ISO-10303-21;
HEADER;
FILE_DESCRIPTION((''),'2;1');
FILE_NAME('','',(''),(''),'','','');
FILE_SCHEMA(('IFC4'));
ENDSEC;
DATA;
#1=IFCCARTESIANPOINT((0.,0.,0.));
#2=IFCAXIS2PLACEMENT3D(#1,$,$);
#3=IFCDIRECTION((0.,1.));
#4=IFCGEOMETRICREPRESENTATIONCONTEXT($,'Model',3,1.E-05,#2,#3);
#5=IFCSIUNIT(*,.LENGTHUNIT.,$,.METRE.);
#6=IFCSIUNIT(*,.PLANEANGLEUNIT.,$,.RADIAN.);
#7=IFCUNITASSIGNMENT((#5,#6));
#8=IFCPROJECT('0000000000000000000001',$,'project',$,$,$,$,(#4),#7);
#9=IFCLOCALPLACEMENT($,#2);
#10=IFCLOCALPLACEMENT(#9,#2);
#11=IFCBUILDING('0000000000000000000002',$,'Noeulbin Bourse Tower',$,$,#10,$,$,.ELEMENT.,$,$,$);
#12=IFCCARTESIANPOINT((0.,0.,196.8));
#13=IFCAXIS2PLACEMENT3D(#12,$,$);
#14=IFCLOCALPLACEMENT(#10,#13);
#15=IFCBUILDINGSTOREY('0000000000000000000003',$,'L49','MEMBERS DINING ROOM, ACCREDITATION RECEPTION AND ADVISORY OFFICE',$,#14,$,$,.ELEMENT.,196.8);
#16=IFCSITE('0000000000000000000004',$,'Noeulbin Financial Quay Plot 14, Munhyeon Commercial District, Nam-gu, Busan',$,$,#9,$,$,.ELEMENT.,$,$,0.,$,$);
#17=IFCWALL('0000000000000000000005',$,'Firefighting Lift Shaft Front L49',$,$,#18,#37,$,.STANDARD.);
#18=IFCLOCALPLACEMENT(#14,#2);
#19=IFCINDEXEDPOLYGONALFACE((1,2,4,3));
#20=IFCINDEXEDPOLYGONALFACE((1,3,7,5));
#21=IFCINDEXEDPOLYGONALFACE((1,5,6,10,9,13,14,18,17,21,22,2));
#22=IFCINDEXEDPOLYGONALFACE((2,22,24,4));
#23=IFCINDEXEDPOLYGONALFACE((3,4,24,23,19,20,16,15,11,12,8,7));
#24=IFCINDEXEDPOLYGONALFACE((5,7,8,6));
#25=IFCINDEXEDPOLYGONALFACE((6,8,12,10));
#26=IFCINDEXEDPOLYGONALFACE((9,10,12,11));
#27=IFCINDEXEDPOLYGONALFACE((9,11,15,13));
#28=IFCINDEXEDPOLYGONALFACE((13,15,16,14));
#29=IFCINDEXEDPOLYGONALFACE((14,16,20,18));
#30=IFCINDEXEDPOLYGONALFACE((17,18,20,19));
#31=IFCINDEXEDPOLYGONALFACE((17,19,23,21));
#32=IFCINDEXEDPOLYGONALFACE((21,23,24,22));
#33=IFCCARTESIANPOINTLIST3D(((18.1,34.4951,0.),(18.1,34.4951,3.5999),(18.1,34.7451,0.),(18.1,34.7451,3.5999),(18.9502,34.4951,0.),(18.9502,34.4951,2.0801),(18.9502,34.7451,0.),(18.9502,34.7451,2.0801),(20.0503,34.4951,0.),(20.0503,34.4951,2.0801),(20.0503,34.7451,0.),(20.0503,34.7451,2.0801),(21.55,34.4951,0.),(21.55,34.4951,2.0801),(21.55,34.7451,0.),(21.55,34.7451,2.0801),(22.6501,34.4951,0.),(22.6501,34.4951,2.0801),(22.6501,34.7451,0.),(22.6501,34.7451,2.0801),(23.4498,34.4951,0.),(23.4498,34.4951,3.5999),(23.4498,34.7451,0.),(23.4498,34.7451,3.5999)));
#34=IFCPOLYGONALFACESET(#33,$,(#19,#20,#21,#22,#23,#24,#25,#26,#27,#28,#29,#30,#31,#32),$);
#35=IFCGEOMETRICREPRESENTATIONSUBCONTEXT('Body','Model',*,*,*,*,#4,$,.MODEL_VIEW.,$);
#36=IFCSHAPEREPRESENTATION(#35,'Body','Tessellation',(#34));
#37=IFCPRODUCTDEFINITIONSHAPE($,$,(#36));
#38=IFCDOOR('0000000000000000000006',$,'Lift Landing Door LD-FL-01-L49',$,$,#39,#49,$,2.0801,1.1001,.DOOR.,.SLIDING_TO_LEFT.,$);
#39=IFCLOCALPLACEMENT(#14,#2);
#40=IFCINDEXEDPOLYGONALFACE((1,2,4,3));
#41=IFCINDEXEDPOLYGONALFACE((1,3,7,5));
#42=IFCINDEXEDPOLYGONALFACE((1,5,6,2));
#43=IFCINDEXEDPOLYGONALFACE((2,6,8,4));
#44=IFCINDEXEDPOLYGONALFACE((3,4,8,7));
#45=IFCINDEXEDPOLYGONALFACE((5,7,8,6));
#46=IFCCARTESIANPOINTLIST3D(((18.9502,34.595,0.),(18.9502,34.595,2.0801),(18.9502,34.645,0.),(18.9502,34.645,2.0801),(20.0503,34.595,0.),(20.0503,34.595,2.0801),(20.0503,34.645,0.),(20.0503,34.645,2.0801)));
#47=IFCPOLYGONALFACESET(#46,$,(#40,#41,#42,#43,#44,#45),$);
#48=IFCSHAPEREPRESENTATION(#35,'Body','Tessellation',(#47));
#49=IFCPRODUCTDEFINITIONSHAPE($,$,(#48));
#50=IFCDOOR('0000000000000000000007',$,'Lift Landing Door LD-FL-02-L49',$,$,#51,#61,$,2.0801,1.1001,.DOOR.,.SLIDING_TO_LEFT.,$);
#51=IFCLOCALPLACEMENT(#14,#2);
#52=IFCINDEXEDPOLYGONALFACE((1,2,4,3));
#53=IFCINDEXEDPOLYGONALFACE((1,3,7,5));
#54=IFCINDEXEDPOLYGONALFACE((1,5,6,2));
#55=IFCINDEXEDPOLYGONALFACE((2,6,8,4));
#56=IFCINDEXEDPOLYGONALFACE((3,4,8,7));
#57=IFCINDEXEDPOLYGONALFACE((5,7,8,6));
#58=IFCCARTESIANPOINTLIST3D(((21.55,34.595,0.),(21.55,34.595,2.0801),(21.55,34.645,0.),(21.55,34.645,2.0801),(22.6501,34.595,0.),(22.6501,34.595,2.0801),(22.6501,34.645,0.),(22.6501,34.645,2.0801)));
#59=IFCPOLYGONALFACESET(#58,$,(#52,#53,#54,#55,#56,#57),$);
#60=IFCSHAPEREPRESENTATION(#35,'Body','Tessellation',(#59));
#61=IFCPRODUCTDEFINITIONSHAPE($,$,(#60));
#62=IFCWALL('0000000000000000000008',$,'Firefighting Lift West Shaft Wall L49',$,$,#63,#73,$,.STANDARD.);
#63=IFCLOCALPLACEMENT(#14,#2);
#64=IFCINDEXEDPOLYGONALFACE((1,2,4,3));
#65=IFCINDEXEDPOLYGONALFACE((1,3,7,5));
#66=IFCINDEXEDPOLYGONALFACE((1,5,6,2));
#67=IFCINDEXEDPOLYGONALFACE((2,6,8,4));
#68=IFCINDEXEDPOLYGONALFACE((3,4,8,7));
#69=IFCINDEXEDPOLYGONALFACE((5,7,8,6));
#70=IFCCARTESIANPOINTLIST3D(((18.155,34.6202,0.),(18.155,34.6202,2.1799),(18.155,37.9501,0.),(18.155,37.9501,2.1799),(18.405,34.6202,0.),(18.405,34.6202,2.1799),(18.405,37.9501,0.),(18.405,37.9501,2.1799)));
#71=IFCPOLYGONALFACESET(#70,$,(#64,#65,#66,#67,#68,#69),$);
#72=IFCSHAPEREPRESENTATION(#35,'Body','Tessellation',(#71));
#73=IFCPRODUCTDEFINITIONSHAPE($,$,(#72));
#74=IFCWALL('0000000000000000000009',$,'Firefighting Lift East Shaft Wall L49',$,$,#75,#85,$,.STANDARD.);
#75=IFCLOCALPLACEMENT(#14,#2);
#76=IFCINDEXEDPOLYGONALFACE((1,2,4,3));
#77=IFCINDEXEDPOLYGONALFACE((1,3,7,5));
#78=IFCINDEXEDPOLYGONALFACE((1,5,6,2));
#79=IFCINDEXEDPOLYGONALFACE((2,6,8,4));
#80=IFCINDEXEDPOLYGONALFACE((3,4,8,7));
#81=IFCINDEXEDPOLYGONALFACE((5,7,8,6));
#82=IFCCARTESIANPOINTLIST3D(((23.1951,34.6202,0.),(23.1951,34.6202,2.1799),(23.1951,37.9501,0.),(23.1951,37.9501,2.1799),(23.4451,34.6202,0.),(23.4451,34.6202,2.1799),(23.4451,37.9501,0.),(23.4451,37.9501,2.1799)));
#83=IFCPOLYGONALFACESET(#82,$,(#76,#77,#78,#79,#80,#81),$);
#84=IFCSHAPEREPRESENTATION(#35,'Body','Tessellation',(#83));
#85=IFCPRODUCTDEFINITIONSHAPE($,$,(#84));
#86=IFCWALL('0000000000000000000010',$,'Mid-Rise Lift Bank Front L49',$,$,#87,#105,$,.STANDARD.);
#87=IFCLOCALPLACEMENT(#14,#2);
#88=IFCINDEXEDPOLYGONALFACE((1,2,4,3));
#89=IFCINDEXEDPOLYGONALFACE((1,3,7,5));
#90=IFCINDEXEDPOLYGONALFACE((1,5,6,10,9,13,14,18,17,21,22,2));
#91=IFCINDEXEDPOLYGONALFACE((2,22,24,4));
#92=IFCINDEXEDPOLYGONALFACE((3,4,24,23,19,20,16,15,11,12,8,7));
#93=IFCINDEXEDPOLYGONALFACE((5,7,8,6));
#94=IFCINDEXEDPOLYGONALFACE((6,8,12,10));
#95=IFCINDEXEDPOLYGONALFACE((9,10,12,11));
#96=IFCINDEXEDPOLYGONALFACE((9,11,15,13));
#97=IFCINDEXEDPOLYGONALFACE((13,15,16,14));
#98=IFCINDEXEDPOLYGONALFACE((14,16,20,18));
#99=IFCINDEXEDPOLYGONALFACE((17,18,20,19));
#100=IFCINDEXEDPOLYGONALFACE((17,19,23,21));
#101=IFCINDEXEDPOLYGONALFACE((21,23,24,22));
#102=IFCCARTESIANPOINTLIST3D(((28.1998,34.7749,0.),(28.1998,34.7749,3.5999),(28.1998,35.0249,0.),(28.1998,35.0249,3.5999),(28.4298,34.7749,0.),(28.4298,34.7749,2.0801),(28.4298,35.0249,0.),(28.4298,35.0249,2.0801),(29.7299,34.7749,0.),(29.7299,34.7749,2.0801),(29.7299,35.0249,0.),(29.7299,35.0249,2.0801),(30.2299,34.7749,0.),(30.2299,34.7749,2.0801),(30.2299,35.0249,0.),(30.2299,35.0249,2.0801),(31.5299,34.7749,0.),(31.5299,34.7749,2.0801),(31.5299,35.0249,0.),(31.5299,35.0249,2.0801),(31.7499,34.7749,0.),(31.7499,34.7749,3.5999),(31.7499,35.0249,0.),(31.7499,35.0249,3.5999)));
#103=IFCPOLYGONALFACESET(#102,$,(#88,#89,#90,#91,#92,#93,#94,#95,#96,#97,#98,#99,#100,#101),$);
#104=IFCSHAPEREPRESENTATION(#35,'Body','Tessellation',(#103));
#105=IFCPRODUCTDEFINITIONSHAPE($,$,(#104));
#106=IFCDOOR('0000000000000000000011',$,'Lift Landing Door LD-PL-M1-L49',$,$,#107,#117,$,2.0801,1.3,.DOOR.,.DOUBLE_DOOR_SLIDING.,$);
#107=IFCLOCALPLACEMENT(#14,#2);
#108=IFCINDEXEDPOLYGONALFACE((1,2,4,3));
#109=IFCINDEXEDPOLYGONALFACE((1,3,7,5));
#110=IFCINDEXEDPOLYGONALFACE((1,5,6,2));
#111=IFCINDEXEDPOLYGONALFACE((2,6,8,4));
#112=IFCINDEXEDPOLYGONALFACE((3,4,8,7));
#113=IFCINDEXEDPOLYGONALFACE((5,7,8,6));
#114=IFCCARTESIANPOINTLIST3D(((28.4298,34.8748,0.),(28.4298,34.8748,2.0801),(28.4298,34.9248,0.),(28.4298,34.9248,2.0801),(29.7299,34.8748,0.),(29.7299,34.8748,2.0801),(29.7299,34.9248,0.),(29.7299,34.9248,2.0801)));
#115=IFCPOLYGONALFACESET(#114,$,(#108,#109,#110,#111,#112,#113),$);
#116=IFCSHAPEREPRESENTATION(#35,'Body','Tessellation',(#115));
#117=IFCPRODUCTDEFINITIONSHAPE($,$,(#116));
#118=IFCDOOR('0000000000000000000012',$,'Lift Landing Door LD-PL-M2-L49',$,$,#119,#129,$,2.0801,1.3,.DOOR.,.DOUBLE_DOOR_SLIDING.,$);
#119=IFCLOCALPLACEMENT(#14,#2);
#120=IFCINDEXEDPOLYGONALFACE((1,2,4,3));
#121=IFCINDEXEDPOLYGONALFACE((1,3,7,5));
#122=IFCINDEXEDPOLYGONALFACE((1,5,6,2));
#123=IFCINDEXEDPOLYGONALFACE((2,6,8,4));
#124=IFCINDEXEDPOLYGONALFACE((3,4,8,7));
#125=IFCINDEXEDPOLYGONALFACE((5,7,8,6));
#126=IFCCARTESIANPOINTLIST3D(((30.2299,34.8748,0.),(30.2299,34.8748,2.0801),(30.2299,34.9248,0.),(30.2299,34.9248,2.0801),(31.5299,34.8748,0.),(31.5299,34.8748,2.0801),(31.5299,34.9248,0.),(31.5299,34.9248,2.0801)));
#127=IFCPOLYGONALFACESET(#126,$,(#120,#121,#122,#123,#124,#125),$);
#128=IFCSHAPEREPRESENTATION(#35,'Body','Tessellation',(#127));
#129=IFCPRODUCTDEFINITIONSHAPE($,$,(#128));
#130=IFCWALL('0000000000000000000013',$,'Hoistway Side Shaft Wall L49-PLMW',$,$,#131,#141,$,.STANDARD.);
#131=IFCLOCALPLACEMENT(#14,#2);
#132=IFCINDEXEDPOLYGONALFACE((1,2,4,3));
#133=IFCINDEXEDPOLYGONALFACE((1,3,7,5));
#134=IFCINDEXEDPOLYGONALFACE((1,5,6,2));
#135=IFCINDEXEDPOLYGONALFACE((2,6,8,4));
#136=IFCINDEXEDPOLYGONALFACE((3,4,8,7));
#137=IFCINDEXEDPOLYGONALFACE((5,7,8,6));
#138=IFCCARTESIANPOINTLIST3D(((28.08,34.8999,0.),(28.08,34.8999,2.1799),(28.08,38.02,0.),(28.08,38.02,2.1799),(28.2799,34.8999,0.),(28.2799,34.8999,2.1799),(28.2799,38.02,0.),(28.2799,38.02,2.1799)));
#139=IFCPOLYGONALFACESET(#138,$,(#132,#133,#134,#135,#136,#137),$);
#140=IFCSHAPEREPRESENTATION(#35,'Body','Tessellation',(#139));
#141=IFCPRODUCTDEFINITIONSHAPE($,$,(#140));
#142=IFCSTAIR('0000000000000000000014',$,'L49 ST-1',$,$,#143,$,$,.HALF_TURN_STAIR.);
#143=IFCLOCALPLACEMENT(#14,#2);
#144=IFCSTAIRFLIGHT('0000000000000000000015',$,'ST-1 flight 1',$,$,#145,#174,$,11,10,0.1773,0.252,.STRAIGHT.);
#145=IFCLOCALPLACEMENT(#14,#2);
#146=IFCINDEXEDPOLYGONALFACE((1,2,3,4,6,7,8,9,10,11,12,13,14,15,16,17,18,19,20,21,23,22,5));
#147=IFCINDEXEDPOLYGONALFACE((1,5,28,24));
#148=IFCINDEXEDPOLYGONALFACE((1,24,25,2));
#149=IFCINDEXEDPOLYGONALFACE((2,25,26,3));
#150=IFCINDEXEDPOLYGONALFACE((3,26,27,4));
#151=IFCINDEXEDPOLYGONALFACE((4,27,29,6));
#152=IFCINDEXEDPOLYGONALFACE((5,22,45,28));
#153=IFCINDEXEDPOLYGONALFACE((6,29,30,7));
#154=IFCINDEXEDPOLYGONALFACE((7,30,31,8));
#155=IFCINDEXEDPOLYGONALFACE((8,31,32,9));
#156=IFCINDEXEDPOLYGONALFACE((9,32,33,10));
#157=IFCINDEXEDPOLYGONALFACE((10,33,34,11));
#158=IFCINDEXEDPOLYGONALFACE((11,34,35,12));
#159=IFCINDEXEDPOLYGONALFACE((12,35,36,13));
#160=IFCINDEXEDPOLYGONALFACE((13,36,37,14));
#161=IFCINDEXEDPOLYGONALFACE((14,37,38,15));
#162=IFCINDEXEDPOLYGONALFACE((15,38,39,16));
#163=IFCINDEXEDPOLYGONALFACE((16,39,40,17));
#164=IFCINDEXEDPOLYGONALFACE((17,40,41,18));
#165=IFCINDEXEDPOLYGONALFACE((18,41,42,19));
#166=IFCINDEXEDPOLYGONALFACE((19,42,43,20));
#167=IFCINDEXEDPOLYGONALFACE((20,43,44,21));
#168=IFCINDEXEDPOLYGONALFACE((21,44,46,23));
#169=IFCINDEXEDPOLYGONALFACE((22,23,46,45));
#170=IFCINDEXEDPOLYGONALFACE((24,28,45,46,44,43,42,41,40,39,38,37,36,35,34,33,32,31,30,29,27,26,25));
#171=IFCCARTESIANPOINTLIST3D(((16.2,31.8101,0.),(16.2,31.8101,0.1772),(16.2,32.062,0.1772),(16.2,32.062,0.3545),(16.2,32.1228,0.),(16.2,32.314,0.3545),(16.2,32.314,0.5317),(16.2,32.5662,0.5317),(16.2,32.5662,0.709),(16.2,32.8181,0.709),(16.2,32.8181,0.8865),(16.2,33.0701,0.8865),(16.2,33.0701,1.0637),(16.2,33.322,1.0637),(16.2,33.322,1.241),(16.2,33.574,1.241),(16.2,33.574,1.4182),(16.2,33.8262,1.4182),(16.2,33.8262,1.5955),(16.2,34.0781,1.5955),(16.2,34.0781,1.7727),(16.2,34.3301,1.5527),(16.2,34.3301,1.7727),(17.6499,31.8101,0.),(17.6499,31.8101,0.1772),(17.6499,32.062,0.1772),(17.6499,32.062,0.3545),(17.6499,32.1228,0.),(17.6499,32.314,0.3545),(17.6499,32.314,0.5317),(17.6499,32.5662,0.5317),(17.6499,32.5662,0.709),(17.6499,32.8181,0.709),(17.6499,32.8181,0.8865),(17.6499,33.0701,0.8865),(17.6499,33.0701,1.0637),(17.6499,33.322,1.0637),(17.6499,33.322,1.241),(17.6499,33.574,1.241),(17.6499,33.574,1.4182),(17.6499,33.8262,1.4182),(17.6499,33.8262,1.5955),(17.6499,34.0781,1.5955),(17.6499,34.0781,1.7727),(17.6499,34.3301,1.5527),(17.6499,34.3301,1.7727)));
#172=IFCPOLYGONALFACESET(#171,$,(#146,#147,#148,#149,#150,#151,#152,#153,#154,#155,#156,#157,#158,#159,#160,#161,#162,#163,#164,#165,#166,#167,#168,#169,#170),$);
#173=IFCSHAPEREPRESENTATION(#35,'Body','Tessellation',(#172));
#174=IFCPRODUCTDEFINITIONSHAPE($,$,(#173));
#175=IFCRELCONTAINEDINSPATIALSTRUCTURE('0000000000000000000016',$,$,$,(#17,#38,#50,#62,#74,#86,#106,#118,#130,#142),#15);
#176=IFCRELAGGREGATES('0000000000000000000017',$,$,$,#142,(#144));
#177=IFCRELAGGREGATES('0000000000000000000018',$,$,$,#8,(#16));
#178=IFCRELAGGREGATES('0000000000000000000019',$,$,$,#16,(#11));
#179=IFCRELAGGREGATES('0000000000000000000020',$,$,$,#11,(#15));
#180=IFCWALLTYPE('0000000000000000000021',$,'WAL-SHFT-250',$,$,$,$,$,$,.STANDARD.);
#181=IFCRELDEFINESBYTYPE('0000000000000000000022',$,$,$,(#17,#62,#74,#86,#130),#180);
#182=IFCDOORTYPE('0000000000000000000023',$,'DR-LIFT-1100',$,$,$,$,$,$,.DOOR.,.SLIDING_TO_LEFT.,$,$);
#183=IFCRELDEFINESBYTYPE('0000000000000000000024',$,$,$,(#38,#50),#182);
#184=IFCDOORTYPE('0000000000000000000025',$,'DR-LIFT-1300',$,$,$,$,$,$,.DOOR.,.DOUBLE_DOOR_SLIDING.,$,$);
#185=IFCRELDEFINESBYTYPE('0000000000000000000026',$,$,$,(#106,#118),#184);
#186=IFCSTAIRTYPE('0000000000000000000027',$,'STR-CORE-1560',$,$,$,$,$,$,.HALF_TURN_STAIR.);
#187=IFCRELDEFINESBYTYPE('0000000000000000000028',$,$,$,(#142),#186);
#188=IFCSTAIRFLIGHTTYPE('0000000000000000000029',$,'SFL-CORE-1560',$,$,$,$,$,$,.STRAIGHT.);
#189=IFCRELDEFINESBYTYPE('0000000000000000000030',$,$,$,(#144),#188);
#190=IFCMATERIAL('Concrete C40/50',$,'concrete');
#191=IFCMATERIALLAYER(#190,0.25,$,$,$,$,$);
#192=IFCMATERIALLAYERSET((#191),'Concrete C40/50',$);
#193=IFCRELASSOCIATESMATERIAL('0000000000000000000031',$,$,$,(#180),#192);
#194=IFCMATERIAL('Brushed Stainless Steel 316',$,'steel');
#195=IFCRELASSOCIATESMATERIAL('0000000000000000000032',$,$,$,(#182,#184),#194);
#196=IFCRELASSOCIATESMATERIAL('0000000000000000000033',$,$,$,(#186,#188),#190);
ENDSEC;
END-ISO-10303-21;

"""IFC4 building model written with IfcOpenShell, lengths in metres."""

from ifc_helpers import new_model, si_unit, direction, frame, frame_2d, origin, place, context, subcontext, project, spatial, polyline, rectangle, outline, extrude, material, layer, layer_set, type_object, element, fill, aggregate, save


model = new_model("IFC4")

# Units and contexts
model_context = context("Model", 3, precision=1e-05, world=origin(), true_north=direction((0.0, 1.0)))
body_context = subcontext(model_context, "Body", "Model", "MODEL_VIEW")
ifc_project = project(units=[si_unit("LENGTHUNIT", "METRE"), si_unit("PLANEANGLEUNIT", "RADIAN")], contexts=[model_context])

# Site, building, storey
site_placement = place(None, origin())
site = spatial("IfcSite", under=ifc_project, at=site_placement, Name="Noeulbin Financial Quay Plot 14, Munhyeon Commercial District, Nam-gu, Busan", CompositionType="ELEMENT", RefElevation=0.0)
building_placement = place(site_placement, origin())
building = spatial("IfcBuilding", under=site, at=building_placement, Name="Noeulbin Bourse Tower", CompositionType="ELEMENT")
storey_placement = place(building_placement, frame((0.0, 0.0, 196.8)))
storey = spatial("IfcBuildingStorey", under=building, at=storey_placement, Name="L49", Description="MEMBERS DINING ROOM, ACCREDITATION RECEPTION AND ADVISORY OFFICE", CompositionType="ELEMENT", Elevation=196.8)

# Wall, openings, doors
ifc_material_1 = material(Name="Concrete C40/50", Category="concrete")
ifc_layer_1 = layer(ifc_material_1, 0.25)
ifc_layer_set_1 = layer_set([ifc_layer_1], Name="Concrete C40/50")
wall_type_1 = type_object("IfcWallType", Name="WAL-SHFT-250", PredefinedType="STANDARD", material=ifc_layer_set_1)
wall_1_placement = place(storey_placement, frame((18.1001, 34.6201, 0.0), z_axis=(0.0, 0.0, 1.0), x_axis=(1.0, 0.0, 0.0)))
wall_1 = element("IfcWall", 1, at=wall_1_placement, inside=storey, type_object=wall_type_1, Name="Firefighting Lift Shaft Front L49", PredefinedType="STANDARD", context=body_context, shape_type="SweptSolid", body=[
    extrude(rectangle(XDim=5.3499, YDim=0.25, at=frame_2d((2.6748, 0.0))), origin(), (0.0, 0.0, 1.0), 3.5999),
])
opening_1_placement = place(wall_1_placement, frame((0.8501, 0.0, 0.0)))
opening_1 = element("IfcOpeningElement", 2, at=opening_1_placement, cuts=wall_1, PredefinedType="OPENING", context=body_context, shape_type="SweptSolid", body=[
    extrude(rectangle(XDim=1.1001, YDim=2.0801, at=frame_2d((0.55, 1.04))), frame((0.0, 0.135, 0.0), z_axis=(0.0, -1.0, 0.0), x_axis=(1.0, 0.0, 0.0)), (0.0, 0.0, 1.0), 0.27),
])
opening_2_placement = place(wall_1_placement, frame((3.45, 0.0, 0.0)))
opening_2 = element("IfcOpeningElement", 3, at=opening_2_placement, cuts=wall_1, PredefinedType="OPENING", context=body_context, shape_type="SweptSolid", body=[
    extrude(rectangle(XDim=1.1001, YDim=2.0801, at=frame_2d((0.55, 1.04))), frame((0.0, 0.135, 0.0), z_axis=(0.0, -1.0, 0.0), x_axis=(1.0, 0.0, 0.0)), (0.0, 0.0, 1.0), 0.27),
])
ifc_material_2 = material(Name="Brushed Stainless Steel 316", Category="steel")
door_type_1 = type_object("IfcDoorType", Name="DR-LIFT-1100", OperationType="SLIDING_TO_LEFT", PredefinedType="DOOR", material=ifc_material_2)
door_1_placement = place(opening_1_placement, origin())
door_1 = element("IfcDoor", 4, at=door_1_placement, inside=storey, type_object=door_type_1, Name="Lift Landing Door LD-FL-01-L49", OperationType="SLIDING_TO_LEFT", OverallHeight=2.0801, OverallWidth=1.1001, PredefinedType="DOOR", context=body_context, shape_type="SweptSolid", body=[
    extrude(rectangle(XDim=1.1001, YDim=2.0801, at=frame_2d((0.55, 1.04))), frame((0.0, 0.0249, 0.0), z_axis=(0.0, -1.0, 0.0), x_axis=(1.0, 0.0, 0.0)), (0.0, 0.0, 1.0), 0.05),
])
fill(opening_1, door_1)
door_2_placement = place(opening_2_placement, origin())
door_2 = element("IfcDoor", 5, at=door_2_placement, inside=storey, type_object=door_type_1, Name="Lift Landing Door LD-FL-02-L49", OperationType="SLIDING_TO_LEFT", OverallHeight=2.0801, OverallWidth=1.1001, PredefinedType="DOOR", context=body_context, shape_type="SweptSolid", body=[
    extrude(rectangle(XDim=1.1001, YDim=2.0801, at=frame_2d((0.55, 1.04))), frame((0.0, 0.0249, 0.0), z_axis=(0.0, -1.0, 0.0), x_axis=(1.0, 0.0, 0.0)), (0.0, 0.0, 1.0), 0.05),
])
fill(opening_2, door_2)

# Walls
for number, where, z_axis, x_axis, name in (
    (6, (18.28, 34.6201, 0.0), (0.0, 0.0, 1.0), (0.0, 1.0, 0.0), "Firefighting Lift West Shaft Wall L49"),
    (7, (23.3201, 34.6201, 0.0), (0.0, 0.0, 1.0), (0.0, 1.0, 0.0), "Firefighting Lift East Shaft Wall L49"),
):
    element("IfcWall", number, at=place(storey_placement, frame(where, z_axis=z_axis, x_axis=x_axis)), inside=storey, type_object=wall_type_1, Name=name, PredefinedType="STANDARD", context=body_context, shape_type="SweptSolid", body=[
        extrude(rectangle(XDim=3.3298, YDim=0.25, at=frame_2d((1.665, 0.0))), origin(), (0.0, 0.0, 1.0), 2.1799),
    ])

# Wall, openings, doors
wall_2_placement = place(storey_placement, frame((28.2, 34.8999, 0.0), z_axis=(0.0, 0.0, 1.0), x_axis=(1.0, 0.0, 0.0)))
wall_2 = element("IfcWall", 8, at=wall_2_placement, inside=storey, type_object=wall_type_1, Name="Mid-Rise Lift Bank Front L49", PredefinedType="STANDARD", context=body_context, shape_type="SweptSolid", body=[
    extrude(rectangle(XDim=3.55, YDim=0.25, at=frame_2d((1.7749, 0.0))), origin(), (0.0, 0.0, 1.0), 3.5999),
])
opening_3_placement = place(wall_2_placement, frame((0.23, 0.0, 0.0)))
opening_3 = element("IfcOpeningElement", 9, at=opening_3_placement, cuts=wall_2, PredefinedType="OPENING", context=body_context, shape_type="SweptSolid", body=[
    extrude(rectangle(XDim=1.3, YDim=2.0801, at=frame_2d((0.6499, 1.04))), frame((0.0, 0.135, 0.0), z_axis=(0.0, -1.0, 0.0), x_axis=(1.0, 0.0, 0.0)), (0.0, 0.0, 1.0), 0.27),
])
opening_4_placement = place(wall_2_placement, frame((2.03, 0.0, 0.0)))
opening_4 = element("IfcOpeningElement", 10, at=opening_4_placement, cuts=wall_2, PredefinedType="OPENING", context=body_context, shape_type="SweptSolid", body=[
    extrude(rectangle(XDim=1.3, YDim=2.0801, at=frame_2d((0.6499, 1.04))), frame((0.0, 0.135, 0.0), z_axis=(0.0, -1.0, 0.0), x_axis=(1.0, 0.0, 0.0)), (0.0, 0.0, 1.0), 0.27),
])
door_type_2 = type_object("IfcDoorType", Name="DR-LIFT-1300", OperationType="DOUBLE_DOOR_SLIDING", PredefinedType="DOOR", material=ifc_material_2)
door_3_placement = place(opening_3_placement, origin())
door_3 = element("IfcDoor", 11, at=door_3_placement, inside=storey, type_object=door_type_2, Name="Lift Landing Door LD-PL-M1-L49", OperationType="DOUBLE_DOOR_SLIDING", OverallHeight=2.0801, OverallWidth=1.3, PredefinedType="DOOR", context=body_context, shape_type="SweptSolid", body=[
    extrude(rectangle(XDim=1.3, YDim=2.0801, at=frame_2d((0.6499, 1.04))), frame((0.0, 0.0249, 0.0), z_axis=(0.0, -1.0, 0.0), x_axis=(1.0, 0.0, 0.0)), (0.0, 0.0, 1.0), 0.05),
])
fill(opening_3, door_3)
door_4_placement = place(opening_4_placement, origin())
door_4 = element("IfcDoor", 12, at=door_4_placement, inside=storey, type_object=door_type_2, Name="Lift Landing Door LD-PL-M2-L49", OperationType="DOUBLE_DOOR_SLIDING", OverallHeight=2.0801, OverallWidth=1.3, PredefinedType="DOOR", context=body_context, shape_type="SweptSolid", body=[
    extrude(rectangle(XDim=1.3, YDim=2.0801, at=frame_2d((0.6499, 1.04))), frame((0.0, 0.0249, 0.0), z_axis=(0.0, -1.0, 0.0), x_axis=(1.0, 0.0, 0.0)), (0.0, 0.0, 1.0), 0.05),
])
fill(opening_4, door_4)

# Wall
wall_3_placement = place(storey_placement, frame((28.1799, 34.8999, 0.0), z_axis=(0.0, 0.0, 1.0), x_axis=(0.0, 1.0, 0.0)))
element("IfcWall", 13, at=wall_3_placement, inside=storey, type_object=wall_type_1, Name="Hoistway Side Shaft Wall L49-PLMW", PredefinedType="STANDARD", context=body_context, shape_type="SweptSolid", body=[
    extrude(rectangle(XDim=3.1201, YDim=0.2, at=frame_2d((1.5601, 0.0))), origin(), (0.0, 0.0, 1.0), 2.1799),
])

# Stair, stair flight
stair_type = type_object("IfcStairType", Name="STR-CORE-1560", PredefinedType="HALF_TURN_STAIR", material=ifc_material_1)
stair_placement = place(storey_placement, origin())
stair = element("IfcStair", 14, at=stair_placement, inside=storey, type_object=stair_type, Name="L49 ST-1", PredefinedType="HALF_TURN_STAIR")
stair_flight_type = type_object("IfcStairFlightType", Name="SFL-CORE-1560", PredefinedType="STRAIGHT", material=ifc_material_1)
stair_flight_placement = place(storey_placement, frame((16.925, 31.8101, 0.0), z_axis=(0.0, 0.0, 1.0), x_axis=(0.0, 1.0, 0.0)))
stair_flight = element("IfcStairFlight", 15, at=stair_flight_placement, type_object=stair_flight_type, Name="ST-1 flight 1", NumberOfRisers=11, NumberOfTreads=10, PredefinedType="STRAIGHT", RiserHeight=0.1773, TreadLength=0.252, context=body_context, shape_type="SweptSolid", body=[
    extrude(outline(polyline([(0.0, 0.0), (0.0, 0.1772), (0.252, 0.1772), (0.252, 0.3545), (0.5039, 0.3545), (0.5039, 0.5317), (0.7561, 0.5317), (0.7561, 0.709), (1.0081, 0.709), (1.0081, 0.8865), (1.26, 0.8865), (1.26, 1.0637), (1.512, 1.0637), (1.512, 1.241), (1.7639, 1.241), (1.7639, 1.4182), (2.0161, 1.4182), (2.0161, 1.5955), (2.2681, 1.5955), (2.2681, 1.7727), (2.52, 1.7727), (2.52, 1.95), (2.52, 1.5527), (0.3127, 0.0), (0.0, 0.0)])), frame((0.0, 0.7251, 0.0), z_axis=(0.0, -1.0, 0.0), x_axis=(1.0, 0.0, 0.0)), (0.0, 0.0, 1.0), 1.45),
])
aggregate(stair, [stair_flight])

save(model, "model.ifc")
